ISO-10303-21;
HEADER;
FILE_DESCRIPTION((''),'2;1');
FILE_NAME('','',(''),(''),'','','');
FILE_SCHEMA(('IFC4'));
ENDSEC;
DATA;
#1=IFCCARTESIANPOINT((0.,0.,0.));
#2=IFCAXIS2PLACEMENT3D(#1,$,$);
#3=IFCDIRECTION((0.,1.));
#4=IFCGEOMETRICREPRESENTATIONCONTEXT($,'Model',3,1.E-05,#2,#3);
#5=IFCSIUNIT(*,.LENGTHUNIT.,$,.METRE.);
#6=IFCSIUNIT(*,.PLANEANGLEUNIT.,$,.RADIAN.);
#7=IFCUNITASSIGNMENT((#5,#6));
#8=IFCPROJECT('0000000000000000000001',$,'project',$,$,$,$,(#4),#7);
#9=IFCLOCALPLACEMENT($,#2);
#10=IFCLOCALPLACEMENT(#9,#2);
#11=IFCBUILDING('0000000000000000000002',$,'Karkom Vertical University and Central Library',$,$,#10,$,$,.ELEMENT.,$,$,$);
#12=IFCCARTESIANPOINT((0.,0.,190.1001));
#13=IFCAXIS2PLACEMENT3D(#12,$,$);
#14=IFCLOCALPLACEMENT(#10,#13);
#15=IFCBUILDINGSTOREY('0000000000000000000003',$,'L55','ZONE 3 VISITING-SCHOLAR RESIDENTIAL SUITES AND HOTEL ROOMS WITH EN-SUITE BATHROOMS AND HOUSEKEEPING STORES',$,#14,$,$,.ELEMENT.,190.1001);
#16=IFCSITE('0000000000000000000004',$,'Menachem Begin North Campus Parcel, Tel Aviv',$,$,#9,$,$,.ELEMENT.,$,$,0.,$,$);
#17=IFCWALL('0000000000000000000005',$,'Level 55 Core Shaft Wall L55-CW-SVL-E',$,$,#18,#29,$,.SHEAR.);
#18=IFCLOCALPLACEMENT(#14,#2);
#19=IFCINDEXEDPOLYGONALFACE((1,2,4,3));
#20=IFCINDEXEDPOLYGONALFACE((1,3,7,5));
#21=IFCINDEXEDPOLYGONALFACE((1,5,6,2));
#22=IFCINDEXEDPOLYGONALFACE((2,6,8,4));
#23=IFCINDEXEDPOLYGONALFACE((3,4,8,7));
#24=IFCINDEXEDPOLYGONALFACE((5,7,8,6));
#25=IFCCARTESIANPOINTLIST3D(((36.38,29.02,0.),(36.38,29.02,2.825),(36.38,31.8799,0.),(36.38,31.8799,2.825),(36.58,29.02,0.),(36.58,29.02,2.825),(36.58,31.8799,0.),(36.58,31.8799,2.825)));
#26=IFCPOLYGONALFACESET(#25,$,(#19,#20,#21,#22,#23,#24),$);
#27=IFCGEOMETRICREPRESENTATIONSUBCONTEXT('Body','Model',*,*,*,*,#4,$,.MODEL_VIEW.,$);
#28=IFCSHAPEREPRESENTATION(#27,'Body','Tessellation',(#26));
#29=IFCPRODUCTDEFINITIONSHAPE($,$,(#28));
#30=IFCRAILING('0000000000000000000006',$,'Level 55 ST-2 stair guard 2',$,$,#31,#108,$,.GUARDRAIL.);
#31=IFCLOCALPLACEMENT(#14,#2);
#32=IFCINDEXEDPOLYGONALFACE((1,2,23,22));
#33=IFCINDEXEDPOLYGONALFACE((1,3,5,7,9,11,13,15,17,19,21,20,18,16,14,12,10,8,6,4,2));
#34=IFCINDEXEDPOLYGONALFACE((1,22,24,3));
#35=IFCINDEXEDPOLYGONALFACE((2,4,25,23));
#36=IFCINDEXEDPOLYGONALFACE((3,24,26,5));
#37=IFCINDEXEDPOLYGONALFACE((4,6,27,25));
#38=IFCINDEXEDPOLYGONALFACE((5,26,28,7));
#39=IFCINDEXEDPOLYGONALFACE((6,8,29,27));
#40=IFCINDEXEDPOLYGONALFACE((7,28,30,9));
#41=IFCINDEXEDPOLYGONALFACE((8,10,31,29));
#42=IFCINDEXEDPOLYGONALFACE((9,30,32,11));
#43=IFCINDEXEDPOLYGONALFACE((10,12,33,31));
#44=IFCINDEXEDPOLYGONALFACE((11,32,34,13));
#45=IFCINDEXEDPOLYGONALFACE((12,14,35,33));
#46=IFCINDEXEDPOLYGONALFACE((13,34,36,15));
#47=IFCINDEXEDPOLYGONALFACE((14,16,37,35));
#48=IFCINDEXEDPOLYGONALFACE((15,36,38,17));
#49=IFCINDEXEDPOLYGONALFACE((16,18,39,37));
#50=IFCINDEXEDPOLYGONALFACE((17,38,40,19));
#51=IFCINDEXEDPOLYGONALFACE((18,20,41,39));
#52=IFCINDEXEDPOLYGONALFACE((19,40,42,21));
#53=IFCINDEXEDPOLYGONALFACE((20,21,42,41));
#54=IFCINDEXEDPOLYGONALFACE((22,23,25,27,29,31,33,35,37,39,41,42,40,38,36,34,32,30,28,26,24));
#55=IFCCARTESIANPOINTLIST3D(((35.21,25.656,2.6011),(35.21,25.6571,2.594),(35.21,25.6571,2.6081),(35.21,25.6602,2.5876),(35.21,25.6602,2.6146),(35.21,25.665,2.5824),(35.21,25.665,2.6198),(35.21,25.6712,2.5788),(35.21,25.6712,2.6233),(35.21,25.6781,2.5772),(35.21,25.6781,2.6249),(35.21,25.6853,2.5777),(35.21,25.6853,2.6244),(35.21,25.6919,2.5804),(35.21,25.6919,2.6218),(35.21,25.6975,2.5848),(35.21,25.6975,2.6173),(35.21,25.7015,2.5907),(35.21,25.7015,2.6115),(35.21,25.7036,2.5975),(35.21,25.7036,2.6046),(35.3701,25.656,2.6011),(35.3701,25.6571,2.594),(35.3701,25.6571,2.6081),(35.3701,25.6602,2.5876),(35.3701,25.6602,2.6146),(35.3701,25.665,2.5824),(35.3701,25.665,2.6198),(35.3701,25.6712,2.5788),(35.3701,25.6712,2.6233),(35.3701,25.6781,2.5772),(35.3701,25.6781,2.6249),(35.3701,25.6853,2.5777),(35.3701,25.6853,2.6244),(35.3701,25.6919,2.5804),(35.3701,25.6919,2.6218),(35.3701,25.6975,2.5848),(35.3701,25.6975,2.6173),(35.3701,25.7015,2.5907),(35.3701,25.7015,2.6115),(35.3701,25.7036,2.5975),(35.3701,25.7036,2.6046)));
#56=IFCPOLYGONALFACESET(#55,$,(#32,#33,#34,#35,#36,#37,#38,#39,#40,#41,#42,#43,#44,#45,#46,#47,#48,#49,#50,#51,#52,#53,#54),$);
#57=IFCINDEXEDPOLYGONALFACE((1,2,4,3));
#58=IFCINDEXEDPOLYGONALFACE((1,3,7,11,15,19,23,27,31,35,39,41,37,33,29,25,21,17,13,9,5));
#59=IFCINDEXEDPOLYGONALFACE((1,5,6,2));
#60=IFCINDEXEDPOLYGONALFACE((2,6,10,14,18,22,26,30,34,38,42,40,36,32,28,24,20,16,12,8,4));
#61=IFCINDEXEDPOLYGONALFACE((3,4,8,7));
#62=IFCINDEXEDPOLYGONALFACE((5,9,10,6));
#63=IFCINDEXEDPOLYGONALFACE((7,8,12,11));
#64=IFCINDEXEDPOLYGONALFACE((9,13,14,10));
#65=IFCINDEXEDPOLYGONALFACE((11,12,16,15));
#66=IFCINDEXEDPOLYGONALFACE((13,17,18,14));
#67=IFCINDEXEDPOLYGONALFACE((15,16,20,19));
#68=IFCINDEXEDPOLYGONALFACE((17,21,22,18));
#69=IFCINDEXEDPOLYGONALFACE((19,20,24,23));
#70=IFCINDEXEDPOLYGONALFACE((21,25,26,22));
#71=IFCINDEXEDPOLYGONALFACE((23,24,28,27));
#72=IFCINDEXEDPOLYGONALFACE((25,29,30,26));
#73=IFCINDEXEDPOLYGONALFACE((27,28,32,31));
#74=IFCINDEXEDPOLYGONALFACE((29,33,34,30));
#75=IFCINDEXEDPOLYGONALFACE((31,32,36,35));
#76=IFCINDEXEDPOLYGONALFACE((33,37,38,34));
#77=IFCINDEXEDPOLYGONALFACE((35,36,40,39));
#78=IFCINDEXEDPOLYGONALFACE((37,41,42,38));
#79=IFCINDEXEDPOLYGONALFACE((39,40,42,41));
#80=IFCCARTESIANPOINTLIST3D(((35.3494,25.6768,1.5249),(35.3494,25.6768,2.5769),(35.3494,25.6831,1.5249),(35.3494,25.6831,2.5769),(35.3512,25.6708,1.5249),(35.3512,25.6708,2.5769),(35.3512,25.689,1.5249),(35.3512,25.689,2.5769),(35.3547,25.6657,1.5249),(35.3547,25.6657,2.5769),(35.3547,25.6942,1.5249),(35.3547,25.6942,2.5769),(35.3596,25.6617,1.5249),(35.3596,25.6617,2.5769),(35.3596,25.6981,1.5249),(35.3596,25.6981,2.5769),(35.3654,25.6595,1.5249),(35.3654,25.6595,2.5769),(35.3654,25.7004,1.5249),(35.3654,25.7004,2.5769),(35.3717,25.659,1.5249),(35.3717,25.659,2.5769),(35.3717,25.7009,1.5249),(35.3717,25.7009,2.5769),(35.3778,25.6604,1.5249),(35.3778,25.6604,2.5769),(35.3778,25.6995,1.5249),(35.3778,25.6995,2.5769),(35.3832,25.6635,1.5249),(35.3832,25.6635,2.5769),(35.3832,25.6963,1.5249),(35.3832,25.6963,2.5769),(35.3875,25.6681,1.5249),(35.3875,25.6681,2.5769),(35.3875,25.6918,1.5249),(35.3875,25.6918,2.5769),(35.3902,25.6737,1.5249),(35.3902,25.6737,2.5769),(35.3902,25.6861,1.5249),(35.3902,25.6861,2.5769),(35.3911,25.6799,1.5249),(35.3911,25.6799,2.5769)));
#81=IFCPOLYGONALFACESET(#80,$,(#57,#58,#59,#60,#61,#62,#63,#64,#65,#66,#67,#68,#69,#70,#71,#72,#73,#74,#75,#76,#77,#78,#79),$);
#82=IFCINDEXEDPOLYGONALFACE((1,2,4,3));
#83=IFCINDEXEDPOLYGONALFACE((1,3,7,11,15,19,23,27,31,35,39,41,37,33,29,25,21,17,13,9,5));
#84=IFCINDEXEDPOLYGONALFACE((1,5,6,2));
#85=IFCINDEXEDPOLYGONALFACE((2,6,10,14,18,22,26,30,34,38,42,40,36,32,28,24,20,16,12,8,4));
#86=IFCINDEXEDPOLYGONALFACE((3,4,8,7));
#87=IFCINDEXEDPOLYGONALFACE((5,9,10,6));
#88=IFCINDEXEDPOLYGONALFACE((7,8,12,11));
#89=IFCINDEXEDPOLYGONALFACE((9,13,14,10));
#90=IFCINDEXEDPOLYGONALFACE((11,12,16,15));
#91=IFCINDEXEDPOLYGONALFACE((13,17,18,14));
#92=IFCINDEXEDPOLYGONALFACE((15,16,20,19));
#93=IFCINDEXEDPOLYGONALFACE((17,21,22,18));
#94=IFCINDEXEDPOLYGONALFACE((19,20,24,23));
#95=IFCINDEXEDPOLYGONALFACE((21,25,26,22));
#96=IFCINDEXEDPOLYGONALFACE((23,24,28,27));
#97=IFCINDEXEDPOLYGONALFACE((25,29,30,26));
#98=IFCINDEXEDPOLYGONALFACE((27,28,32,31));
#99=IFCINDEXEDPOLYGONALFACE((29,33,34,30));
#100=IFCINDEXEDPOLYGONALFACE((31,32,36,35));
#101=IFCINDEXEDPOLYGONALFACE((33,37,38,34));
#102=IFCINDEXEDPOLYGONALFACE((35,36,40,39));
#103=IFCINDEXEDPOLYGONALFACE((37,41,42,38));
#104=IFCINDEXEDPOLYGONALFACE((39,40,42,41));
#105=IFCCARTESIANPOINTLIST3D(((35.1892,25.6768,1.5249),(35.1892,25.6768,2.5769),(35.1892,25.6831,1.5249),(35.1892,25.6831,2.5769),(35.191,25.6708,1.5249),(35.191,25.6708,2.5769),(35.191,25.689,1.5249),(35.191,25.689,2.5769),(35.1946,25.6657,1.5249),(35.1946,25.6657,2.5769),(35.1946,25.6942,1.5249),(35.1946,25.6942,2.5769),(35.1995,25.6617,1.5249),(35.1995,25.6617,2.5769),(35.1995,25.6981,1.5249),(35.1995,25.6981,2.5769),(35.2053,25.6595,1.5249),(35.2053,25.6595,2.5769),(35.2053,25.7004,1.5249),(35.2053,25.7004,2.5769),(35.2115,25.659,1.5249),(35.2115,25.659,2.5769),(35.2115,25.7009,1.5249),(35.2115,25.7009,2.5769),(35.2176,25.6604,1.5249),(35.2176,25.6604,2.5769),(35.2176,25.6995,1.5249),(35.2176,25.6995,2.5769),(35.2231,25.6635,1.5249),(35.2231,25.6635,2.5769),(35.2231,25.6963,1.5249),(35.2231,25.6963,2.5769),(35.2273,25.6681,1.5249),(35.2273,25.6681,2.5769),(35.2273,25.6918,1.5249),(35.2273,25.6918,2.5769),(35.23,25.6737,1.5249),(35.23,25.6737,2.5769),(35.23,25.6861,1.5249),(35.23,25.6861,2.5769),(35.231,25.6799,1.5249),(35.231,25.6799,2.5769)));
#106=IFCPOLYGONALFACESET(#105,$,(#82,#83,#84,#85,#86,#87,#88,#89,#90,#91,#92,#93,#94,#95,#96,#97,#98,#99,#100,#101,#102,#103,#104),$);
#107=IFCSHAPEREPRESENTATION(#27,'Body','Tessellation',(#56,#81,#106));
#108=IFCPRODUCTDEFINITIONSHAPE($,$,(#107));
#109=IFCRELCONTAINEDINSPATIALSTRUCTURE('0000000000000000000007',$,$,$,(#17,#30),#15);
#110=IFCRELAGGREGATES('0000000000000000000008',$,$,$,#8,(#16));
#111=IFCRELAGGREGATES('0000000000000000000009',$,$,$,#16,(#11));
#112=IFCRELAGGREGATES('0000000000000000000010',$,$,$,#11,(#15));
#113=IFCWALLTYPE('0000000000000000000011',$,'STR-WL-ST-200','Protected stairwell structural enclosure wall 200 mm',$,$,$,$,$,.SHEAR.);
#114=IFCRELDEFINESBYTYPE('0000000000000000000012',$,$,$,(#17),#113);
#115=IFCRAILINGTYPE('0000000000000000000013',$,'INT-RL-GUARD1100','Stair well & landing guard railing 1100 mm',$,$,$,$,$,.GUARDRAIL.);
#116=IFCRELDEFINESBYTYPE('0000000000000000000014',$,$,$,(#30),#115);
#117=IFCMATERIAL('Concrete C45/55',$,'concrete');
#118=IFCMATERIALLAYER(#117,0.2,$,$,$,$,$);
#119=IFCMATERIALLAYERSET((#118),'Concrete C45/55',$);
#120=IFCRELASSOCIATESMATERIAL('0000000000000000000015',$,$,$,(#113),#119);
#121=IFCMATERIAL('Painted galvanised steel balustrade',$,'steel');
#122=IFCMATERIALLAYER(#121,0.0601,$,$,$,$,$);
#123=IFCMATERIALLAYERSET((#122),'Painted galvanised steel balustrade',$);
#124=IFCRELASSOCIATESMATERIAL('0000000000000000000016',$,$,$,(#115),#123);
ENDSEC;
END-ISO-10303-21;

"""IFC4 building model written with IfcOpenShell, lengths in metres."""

from ifc_helpers import new_model, si_unit, direction, frame, frame_2d, origin, origin_2d, place, context, subcontext, project, spatial, rectangle, circle, extrude, material, layer, layer_set, type_object, element, save


model = new_model("IFC4")

# Units and contexts
model_context = context("Model", 3, precision=1e-05, world=origin(), true_north=direction((0.0, 1.0)))
body_context = subcontext(model_context, "Body", "Model", "MODEL_VIEW")
ifc_project = project(units=[si_unit("LENGTHUNIT", "METRE"), si_unit("PLANEANGLEUNIT", "RADIAN")], contexts=[model_context])

# Site, building, storey
site_placement = place(None, origin())
site = spatial("IfcSite", under=ifc_project, at=site_placement, Name="Menachem Begin North Campus Parcel, Tel Aviv", CompositionType="ELEMENT", RefElevation=0.0)
building_placement = place(site_placement, origin())
building = spatial("IfcBuilding", under=site, at=building_placement, Name="Karkom Vertical University and Central Library", CompositionType="ELEMENT")
storey_placement = place(building_placement, frame((0.0, 0.0, 190.1001)))
storey = spatial("IfcBuildingStorey", under=building, at=storey_placement, Name="L55", Description="ZONE 3 VISITING-SCHOLAR RESIDENTIAL SUITES AND HOTEL ROOMS WITH EN-SUITE BATHROOMS AND HOUSEKEEPING STORES", CompositionType="ELEMENT", Elevation=190.1001)

# Wall
ifc_material_1 = material(Name="Concrete C45/55", Category="concrete")
ifc_layer_1 = layer(ifc_material_1, 0.2)
ifc_layer_set_1 = layer_set([ifc_layer_1], Name="Concrete C45/55")
wall_type_1 = type_object("IfcWallType", Name="STR-WL-ST-200", Description="Protected stairwell structural enclosure wall 200 mm", PredefinedType="SHEAR", material=ifc_layer_set_1)
wall_1_placement = place(storey_placement, frame((36.48, 29.02, 0.0), z_axis=(0.0, 0.0, 1.0), x_axis=(0.0, 1.0, 0.0)))
element("IfcWall", 1, at=wall_1_placement, inside=storey, type_object=wall_type_1, Name="Level 55 Core Shaft Wall L55-CW-SVL-E", PredefinedType="SHEAR", context=body_context, shape_type="SweptSolid", body=[
    extrude(rectangle(XDim=2.8599, YDim=0.2, at=frame_2d((1.4299, 0.0))), origin(), (0.0, 0.0, 1.0), 2.825),
])

# Railing
ifc_material_2 = material(Name="Painted galvanised steel balustrade", Category="steel")
ifc_layer_2 = layer(ifc_material_2, 0.0601)
ifc_layer_set_2 = layer_set([ifc_layer_2], Name="Painted galvanised steel balustrade")
railing_type = type_object("IfcRailingType", Name="INT-RL-GUARD1100", Description="Stair well & landing guard railing 1100 mm", PredefinedType="GUARDRAIL", material=ifc_layer_set_2)
railing_placement = place(storey_placement, frame((35.3701, 25.6799, 1.5249)))
element("IfcRailing", 2, at=railing_placement, inside=storey, type_object=railing_type, Name="Level 55 ST-2 stair guard 2", PredefinedType="GUARDRAIL", context=body_context, shape_type="SweptSolid", body=[
    extrude(circle(Radius=0.0239, at=origin_2d()), frame((0.0, 0.0, 1.0762), z_axis=(-1.0, 0.0, 0.0), x_axis=(0.0, -1.0, 0.0)), (0.0, 0.0, 1.0), 0.1602),
    extrude(circle(Radius=0.021, at=origin_2d()), origin(), (0.0, 0.0, 1.0), 1.052),
    extrude(circle(Radius=0.021, at=origin_2d()), frame((-0.1602, 0.0, 0.0)), (0.0, 0.0, 1.0), 1.052),
])

save(model, "model.ifc")
